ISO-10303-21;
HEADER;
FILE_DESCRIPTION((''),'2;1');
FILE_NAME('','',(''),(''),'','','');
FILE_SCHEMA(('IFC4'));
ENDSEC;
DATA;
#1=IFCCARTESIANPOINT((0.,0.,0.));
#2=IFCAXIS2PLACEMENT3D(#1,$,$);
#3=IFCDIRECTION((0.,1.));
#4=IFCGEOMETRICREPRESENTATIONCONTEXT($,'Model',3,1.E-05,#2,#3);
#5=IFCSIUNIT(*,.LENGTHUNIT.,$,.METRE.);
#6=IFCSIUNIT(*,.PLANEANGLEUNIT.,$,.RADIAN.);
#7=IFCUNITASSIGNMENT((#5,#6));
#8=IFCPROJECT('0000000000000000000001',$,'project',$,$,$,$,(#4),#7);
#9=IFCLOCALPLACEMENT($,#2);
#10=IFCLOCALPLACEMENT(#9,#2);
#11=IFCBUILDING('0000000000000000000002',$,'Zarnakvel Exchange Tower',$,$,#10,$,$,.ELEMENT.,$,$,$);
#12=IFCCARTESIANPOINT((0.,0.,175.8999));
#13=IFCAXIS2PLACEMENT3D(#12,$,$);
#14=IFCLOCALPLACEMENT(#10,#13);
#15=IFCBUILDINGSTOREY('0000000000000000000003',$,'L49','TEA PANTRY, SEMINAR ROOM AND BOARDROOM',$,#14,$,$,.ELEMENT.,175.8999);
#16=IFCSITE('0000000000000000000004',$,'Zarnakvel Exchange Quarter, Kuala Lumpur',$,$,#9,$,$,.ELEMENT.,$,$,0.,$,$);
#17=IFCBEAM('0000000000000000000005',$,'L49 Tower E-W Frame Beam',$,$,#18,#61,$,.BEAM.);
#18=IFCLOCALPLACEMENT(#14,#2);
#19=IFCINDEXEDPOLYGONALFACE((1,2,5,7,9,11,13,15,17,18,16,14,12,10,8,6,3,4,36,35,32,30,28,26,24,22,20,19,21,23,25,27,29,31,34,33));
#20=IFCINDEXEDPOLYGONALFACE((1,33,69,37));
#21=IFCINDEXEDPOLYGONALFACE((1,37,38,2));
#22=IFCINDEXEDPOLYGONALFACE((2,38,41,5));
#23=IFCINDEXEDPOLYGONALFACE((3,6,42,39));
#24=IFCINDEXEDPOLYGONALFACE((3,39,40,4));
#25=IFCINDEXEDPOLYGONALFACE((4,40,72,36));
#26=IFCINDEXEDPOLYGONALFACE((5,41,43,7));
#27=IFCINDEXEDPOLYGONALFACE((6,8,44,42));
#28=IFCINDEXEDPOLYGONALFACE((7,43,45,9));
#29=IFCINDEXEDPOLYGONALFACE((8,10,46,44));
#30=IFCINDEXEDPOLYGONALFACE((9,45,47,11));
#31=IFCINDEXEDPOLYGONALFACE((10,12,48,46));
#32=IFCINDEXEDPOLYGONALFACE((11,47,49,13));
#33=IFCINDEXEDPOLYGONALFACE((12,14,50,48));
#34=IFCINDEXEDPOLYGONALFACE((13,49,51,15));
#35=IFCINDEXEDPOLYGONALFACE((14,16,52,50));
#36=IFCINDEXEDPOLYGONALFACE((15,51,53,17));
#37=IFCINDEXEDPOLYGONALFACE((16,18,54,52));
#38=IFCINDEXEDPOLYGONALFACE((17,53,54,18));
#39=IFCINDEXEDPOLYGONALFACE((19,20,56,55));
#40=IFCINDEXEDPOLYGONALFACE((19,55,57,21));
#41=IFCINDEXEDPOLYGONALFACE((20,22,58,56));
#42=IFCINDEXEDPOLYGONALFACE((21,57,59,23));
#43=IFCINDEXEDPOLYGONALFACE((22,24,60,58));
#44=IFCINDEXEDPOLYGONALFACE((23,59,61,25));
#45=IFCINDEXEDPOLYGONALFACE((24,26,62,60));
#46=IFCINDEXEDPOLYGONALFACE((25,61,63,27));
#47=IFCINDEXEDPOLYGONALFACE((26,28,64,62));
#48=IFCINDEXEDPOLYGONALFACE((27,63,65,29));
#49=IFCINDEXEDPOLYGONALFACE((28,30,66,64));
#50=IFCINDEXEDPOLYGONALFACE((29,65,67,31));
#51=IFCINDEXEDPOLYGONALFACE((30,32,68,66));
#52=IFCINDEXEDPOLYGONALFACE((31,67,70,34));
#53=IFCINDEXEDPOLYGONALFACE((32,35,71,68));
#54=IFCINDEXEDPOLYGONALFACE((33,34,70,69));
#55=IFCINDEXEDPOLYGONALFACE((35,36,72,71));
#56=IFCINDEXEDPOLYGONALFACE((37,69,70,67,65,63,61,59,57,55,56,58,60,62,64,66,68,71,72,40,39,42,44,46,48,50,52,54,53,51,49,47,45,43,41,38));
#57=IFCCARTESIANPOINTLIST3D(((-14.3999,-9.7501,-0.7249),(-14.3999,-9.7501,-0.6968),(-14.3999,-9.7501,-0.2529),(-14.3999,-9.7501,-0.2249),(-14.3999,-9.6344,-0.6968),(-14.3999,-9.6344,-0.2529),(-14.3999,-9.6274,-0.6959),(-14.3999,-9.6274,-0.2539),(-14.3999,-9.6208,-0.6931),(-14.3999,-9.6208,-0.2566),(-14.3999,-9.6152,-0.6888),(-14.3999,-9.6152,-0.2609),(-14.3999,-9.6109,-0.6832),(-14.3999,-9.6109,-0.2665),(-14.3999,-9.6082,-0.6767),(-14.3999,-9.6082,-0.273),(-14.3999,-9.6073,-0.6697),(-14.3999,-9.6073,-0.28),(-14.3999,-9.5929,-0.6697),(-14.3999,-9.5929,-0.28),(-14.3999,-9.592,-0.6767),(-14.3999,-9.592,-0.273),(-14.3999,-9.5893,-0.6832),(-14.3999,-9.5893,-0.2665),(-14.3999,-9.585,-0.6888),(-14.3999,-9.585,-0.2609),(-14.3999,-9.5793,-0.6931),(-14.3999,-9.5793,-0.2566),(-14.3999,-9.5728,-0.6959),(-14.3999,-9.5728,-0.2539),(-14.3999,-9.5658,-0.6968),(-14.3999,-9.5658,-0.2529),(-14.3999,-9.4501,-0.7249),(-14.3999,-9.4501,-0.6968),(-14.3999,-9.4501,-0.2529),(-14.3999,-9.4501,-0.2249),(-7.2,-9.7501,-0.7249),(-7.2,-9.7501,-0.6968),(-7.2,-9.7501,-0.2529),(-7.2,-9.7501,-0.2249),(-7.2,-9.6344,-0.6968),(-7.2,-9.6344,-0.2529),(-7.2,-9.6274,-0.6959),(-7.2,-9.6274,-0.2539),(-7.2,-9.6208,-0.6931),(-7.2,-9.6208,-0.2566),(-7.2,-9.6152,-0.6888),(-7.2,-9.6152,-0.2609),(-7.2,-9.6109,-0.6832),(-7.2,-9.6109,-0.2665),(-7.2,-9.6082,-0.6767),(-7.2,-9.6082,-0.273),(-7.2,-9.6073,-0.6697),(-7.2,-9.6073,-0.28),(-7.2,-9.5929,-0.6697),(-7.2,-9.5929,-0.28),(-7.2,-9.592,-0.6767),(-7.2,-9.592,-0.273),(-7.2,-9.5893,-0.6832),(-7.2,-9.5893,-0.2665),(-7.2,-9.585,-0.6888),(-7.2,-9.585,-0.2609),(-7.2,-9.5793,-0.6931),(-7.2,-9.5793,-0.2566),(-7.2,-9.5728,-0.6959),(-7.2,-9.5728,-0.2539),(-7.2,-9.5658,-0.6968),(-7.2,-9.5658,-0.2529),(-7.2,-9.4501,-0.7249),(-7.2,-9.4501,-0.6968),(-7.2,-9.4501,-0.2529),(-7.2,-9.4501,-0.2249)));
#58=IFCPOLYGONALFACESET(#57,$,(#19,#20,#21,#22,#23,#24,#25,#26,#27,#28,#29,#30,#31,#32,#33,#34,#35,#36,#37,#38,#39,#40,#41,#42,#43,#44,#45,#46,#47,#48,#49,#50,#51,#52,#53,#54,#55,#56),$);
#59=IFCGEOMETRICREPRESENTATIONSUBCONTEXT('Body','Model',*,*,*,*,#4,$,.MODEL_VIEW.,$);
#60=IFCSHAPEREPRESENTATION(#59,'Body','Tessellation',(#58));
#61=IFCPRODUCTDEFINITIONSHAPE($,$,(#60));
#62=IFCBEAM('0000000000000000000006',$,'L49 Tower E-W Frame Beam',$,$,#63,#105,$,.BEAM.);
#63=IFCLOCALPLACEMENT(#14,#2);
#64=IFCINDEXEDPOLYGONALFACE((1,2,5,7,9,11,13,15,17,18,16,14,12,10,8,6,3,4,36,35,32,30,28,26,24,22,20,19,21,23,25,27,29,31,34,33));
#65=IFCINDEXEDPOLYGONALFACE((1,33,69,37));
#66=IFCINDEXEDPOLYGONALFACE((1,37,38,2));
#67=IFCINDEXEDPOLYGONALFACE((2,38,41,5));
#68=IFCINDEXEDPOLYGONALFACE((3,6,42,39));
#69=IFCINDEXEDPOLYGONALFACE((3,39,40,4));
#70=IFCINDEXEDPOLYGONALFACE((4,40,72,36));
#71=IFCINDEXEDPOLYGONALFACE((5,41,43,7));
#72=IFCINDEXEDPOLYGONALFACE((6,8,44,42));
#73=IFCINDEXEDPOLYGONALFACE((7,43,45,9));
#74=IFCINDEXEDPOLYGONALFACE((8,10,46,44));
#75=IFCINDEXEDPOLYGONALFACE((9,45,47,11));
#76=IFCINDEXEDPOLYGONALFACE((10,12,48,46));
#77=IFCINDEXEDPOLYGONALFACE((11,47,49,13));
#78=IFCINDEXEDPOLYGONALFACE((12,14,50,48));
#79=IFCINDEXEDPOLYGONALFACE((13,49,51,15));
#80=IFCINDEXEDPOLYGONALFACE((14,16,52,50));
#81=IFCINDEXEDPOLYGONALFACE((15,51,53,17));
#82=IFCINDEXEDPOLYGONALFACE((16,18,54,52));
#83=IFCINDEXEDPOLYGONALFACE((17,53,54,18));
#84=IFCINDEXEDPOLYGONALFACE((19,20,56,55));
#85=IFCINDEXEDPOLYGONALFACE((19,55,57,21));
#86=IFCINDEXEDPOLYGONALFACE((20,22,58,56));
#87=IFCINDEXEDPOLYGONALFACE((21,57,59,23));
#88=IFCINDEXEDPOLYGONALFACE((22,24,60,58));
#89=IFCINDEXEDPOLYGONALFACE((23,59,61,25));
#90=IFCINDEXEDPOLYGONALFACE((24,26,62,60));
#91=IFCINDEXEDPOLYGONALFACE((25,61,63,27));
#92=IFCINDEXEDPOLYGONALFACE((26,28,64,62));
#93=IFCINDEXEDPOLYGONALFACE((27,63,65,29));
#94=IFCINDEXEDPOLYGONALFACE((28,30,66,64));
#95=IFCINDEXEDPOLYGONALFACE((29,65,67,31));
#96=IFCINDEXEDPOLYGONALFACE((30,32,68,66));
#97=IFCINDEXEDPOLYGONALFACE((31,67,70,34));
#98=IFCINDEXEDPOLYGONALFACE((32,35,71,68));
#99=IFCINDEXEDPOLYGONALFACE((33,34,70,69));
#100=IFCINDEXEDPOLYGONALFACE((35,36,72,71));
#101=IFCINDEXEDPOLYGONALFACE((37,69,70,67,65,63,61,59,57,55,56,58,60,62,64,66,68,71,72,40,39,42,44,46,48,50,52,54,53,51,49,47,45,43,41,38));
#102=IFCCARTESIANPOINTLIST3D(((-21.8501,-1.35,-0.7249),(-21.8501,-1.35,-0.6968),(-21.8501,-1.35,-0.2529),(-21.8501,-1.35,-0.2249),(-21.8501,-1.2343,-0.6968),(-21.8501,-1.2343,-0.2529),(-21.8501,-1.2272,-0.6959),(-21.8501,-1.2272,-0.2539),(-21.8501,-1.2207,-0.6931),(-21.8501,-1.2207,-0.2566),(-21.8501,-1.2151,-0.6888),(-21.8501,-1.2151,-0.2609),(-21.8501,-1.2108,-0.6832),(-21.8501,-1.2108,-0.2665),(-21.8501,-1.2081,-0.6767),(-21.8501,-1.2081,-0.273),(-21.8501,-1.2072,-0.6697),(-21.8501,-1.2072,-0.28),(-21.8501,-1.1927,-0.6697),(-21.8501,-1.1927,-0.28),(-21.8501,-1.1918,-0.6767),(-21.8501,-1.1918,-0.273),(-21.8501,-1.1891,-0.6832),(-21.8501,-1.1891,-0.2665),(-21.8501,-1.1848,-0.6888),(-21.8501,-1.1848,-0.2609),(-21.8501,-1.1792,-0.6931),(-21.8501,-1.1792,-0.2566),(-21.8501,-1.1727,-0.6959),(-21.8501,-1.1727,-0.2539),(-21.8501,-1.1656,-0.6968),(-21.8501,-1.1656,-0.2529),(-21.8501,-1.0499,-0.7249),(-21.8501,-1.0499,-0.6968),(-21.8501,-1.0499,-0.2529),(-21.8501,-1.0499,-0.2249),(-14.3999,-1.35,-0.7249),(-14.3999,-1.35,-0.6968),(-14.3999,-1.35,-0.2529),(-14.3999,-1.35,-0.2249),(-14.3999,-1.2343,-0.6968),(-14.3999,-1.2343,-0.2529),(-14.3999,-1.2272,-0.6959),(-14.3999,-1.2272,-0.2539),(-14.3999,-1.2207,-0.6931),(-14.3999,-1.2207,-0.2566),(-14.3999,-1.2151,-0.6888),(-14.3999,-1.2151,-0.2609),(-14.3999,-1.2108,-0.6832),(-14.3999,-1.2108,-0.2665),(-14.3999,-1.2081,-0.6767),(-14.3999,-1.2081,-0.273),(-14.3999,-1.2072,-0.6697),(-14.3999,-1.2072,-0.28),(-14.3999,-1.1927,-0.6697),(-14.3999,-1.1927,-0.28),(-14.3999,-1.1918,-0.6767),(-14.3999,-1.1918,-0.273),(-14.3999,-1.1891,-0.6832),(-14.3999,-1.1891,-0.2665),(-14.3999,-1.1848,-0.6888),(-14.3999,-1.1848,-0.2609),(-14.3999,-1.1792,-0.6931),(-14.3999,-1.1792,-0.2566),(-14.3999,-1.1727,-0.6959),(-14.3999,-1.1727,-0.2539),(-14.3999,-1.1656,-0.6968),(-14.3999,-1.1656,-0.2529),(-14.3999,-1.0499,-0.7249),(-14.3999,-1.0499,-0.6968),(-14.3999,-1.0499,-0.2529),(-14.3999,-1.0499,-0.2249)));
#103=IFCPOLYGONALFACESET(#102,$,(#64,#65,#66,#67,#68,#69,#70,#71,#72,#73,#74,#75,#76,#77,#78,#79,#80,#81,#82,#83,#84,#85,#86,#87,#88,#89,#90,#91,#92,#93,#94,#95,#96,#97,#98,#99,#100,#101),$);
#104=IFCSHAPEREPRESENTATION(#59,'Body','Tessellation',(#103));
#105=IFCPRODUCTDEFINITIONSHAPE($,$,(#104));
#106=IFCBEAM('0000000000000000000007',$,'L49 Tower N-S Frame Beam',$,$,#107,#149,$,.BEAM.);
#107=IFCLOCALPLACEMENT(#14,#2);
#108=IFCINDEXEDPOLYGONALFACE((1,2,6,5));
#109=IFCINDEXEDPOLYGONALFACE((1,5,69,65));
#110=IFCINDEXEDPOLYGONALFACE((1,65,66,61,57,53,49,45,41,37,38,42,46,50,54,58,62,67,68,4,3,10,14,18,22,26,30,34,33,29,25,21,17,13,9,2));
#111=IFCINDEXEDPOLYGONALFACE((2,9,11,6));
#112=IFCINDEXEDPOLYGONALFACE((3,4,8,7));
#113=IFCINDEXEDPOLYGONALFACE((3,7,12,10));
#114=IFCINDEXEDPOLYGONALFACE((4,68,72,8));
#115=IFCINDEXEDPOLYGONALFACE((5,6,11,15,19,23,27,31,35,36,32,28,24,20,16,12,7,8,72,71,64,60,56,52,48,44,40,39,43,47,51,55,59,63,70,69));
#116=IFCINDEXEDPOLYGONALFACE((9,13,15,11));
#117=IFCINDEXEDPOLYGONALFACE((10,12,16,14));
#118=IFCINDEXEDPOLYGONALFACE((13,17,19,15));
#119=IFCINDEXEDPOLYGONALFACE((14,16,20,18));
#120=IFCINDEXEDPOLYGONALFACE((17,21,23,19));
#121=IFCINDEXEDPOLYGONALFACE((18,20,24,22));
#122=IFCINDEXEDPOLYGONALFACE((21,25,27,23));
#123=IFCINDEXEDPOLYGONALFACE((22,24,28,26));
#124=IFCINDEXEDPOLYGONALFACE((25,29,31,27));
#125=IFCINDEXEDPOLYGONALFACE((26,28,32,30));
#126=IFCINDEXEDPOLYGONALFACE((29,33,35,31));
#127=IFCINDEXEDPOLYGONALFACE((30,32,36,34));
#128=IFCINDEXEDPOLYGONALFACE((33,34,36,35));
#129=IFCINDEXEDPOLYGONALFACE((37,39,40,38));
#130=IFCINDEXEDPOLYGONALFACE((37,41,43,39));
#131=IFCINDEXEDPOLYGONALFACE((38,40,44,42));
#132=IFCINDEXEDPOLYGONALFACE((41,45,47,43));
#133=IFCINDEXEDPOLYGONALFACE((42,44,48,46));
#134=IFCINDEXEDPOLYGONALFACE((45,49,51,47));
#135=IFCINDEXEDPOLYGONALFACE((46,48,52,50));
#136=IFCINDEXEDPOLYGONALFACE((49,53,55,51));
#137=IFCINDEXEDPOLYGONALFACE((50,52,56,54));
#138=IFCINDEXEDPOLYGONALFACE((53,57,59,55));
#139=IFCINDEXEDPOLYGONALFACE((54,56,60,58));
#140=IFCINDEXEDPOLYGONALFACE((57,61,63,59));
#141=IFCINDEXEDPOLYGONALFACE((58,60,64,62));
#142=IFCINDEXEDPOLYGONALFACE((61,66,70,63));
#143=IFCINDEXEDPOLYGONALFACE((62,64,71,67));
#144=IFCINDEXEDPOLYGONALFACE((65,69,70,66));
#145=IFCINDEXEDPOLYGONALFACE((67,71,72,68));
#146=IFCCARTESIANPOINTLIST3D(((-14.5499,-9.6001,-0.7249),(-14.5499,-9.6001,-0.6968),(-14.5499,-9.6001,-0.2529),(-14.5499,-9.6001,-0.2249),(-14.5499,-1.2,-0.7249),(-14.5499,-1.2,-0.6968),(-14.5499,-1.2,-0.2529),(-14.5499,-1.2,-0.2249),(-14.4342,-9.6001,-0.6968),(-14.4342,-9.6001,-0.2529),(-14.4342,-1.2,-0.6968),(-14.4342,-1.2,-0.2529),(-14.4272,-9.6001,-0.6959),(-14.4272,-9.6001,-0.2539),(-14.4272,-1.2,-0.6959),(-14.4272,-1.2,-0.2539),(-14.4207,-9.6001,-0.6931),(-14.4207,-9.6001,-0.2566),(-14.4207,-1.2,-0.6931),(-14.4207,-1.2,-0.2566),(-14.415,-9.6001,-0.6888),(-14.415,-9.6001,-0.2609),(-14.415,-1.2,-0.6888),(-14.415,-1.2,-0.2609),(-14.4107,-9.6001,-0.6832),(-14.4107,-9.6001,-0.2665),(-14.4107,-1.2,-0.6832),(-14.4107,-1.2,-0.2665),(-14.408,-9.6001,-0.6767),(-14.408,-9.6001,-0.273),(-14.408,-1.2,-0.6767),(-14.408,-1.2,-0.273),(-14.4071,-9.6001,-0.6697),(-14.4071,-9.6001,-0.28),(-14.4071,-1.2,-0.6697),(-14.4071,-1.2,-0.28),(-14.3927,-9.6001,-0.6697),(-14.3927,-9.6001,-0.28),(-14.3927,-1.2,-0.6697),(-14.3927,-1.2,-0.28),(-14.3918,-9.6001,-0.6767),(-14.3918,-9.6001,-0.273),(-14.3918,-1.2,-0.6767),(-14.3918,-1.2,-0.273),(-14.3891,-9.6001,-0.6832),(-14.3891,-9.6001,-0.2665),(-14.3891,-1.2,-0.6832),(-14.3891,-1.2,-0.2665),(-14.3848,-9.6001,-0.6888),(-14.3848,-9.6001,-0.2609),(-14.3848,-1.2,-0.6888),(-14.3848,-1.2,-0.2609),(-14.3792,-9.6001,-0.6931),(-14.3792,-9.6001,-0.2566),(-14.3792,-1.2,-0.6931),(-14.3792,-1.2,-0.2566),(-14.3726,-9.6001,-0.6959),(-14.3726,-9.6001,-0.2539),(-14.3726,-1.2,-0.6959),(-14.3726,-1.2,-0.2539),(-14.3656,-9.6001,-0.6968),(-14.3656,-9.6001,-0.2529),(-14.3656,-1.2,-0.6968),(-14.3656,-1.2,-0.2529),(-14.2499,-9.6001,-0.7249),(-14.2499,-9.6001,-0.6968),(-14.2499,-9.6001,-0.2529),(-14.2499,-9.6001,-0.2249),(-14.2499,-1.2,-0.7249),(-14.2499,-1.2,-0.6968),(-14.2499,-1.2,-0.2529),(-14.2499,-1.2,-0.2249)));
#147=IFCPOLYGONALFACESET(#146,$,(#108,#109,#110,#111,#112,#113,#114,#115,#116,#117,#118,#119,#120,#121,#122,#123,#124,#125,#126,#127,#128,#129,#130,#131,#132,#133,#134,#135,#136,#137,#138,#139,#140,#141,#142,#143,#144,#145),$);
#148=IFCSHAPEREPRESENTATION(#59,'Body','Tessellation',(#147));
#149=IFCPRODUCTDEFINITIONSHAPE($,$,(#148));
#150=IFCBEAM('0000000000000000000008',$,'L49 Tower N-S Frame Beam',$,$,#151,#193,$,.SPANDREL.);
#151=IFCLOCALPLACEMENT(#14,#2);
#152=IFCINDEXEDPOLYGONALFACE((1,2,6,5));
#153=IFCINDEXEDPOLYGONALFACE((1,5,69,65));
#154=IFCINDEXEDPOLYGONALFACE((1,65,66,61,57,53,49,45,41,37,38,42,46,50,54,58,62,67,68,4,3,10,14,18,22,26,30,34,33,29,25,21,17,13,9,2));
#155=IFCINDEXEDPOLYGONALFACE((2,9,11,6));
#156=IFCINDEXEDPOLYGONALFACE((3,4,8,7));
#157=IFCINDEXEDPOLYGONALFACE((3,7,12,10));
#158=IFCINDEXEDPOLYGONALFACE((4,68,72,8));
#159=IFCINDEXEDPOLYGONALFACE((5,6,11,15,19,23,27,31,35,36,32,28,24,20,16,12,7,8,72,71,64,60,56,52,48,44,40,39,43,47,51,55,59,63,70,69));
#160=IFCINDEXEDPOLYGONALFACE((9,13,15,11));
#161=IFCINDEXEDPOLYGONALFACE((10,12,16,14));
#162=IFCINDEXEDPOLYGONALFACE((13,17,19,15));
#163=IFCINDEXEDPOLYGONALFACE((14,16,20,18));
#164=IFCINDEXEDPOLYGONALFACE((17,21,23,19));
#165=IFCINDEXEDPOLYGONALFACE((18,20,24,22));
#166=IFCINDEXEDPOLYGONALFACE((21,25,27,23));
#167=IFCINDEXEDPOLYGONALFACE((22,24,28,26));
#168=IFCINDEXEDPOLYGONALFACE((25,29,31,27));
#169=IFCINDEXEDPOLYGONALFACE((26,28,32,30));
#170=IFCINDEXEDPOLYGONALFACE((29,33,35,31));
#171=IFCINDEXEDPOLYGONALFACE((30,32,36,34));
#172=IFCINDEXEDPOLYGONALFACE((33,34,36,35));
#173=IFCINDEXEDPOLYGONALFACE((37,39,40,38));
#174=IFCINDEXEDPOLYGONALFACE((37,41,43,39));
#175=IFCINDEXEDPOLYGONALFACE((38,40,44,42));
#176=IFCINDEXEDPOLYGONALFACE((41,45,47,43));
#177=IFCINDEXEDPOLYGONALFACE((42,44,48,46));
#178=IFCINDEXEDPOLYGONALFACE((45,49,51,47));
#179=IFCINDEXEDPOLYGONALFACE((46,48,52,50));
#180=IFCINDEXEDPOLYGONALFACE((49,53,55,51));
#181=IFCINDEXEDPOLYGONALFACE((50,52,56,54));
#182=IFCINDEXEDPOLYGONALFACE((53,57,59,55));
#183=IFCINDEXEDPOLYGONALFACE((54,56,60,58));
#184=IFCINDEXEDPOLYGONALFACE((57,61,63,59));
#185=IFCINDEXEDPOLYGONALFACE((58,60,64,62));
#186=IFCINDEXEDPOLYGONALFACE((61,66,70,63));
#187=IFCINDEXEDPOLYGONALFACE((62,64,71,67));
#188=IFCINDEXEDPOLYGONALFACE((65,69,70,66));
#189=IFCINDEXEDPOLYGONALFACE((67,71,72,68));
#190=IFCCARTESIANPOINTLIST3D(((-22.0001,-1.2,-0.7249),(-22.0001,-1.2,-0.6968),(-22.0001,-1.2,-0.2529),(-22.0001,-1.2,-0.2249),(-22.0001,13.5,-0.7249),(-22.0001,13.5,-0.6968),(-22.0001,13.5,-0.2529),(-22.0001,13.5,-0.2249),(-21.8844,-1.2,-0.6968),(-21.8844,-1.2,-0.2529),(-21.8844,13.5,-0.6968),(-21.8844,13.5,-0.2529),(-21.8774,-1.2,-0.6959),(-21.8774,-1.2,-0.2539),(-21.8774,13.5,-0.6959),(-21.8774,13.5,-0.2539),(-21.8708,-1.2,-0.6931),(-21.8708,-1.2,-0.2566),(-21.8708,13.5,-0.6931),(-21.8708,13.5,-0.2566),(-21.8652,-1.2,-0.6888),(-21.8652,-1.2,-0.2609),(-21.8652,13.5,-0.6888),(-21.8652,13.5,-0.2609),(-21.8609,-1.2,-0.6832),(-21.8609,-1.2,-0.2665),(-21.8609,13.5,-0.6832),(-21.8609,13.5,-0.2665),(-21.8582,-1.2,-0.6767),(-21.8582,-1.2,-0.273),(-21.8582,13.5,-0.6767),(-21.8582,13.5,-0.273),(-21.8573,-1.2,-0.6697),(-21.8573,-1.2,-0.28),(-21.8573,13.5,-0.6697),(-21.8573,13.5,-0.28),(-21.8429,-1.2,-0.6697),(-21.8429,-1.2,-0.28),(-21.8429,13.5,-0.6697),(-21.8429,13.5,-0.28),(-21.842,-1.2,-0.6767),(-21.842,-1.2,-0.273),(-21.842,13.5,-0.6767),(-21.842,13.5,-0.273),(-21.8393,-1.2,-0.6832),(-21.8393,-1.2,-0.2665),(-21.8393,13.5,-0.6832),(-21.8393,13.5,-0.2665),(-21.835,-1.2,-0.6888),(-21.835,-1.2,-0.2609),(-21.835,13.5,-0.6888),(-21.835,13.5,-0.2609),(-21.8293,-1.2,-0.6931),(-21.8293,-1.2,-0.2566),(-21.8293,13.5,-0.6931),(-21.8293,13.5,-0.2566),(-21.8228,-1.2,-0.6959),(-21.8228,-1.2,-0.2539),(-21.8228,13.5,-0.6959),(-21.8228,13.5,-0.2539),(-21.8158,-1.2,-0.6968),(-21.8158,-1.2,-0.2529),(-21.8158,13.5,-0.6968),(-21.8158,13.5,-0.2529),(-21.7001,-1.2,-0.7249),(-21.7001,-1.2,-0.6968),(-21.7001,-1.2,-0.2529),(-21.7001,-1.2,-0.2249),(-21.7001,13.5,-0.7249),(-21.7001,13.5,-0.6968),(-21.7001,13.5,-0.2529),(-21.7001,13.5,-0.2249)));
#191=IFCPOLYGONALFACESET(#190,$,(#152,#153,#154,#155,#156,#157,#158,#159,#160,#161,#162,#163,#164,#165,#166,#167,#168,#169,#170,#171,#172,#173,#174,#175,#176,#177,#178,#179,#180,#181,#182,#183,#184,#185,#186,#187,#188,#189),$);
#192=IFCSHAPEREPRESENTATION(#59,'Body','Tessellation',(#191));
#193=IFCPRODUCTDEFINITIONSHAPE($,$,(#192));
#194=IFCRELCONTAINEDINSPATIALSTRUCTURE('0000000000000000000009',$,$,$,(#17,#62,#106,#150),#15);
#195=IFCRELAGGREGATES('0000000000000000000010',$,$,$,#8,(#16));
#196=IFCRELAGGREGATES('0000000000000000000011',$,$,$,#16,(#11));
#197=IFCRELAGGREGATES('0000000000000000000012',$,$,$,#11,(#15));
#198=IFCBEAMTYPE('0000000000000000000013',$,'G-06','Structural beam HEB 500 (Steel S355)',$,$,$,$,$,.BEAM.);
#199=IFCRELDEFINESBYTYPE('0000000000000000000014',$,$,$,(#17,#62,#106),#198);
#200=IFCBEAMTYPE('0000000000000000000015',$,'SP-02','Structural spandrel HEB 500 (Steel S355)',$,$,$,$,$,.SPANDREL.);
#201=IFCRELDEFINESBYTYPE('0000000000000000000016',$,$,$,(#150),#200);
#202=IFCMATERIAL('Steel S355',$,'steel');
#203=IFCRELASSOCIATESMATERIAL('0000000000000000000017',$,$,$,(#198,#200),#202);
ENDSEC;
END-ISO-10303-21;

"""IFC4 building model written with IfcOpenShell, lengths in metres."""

from ifc_helpers import new_model, si_unit, direction, frame, origin, origin_2d, place, context, subcontext, project, spatial, i_section, extrude, material, material_profile, profile_set, type_object, element, save


model = new_model("IFC4")

# Units and contexts
model_context = context("Model", 3, precision=1e-05, world=origin(), true_north=direction((0.0, 1.0)))
body_context = subcontext(model_context, "Body", "Model", "MODEL_VIEW")
ifc_project = project(units=[si_unit("LENGTHUNIT", "METRE"), si_unit("PLANEANGLEUNIT", "RADIAN")], contexts=[model_context])

# Site, building, storey
site_placement = place(None, origin())
site = spatial("IfcSite", under=ifc_project, at=site_placement, Name="Zarnakvel Exchange Quarter, Kuala Lumpur", CompositionType="ELEMENT", RefElevation=0.0)
building_placement = place(site_placement, origin())
building = spatial("IfcBuilding", under=site, at=building_placement, Name="Zarnakvel Exchange Tower", CompositionType="ELEMENT")
storey_placement = place(building_placement, frame((0.0, 0.0, 175.8999)))
storey = spatial("IfcBuildingStorey", under=building, at=storey_placement, Name="L49", Description="TEA PANTRY, SEMINAR ROOM AND BOARDROOM", CompositionType="ELEMENT", Elevation=175.8999)

# Shared definitions
ifc_material_1 = material(Name="Steel S355", Category="steel")

# Beams
ifc_material_profile_1 = material_profile(ifc_material_1, i_section(OverallWidth=0.3, OverallDepth=0.5, WebThickness=0.0144, FlangeThickness=0.0281, FilletRadius=0.0271, at=origin_2d()))
ifc_profile_set_1 = profile_set([ifc_material_profile_1], Name="Steel S355")
beam_type_1 = type_object("IfcBeamType", Name="G-06", Description="Structural beam HEB 500 (Steel S355)", PredefinedType="BEAM", material=ifc_profile_set_1)
beam_1_placement = place(storey_placement, frame((-14.3999, -9.6001, -0.4749), z_axis=(1.0, 0.0, 0.0), x_axis=(0.0, 1.0, 0.0)))
element("IfcBeam", 1, at=beam_1_placement, inside=storey, type_object=beam_type_1, Name="L49 Tower E-W Frame Beam", PredefinedType="BEAM", context=body_context, shape_type="SweptSolid", body=[
    extrude(i_section(OverallWidth=0.3, OverallDepth=0.5, WebThickness=0.0144, FlangeThickness=0.0281, FilletRadius=0.0271, at=origin_2d()), origin(), (0.0, 0.0, 1.0), 7.2),
])
beam_2_placement = place(storey_placement, frame((-21.8501, -1.2, -0.4749), z_axis=(1.0, 0.0, 0.0), x_axis=(0.0, 1.0, 0.0)))
element("IfcBeam", 2, at=beam_2_placement, inside=storey, type_object=beam_type_1, Name="L49 Tower E-W Frame Beam", PredefinedType="BEAM", context=body_context, shape_type="SweptSolid", body=[
    extrude(i_section(OverallWidth=0.3, OverallDepth=0.5, WebThickness=0.0144, FlangeThickness=0.0281, FilletRadius=0.0271, at=origin_2d()), origin(), (0.0, 0.0, 1.0), 7.4502),
])
beam_3_placement = place(storey_placement, frame((-14.3999, -9.6001, -0.4749), z_axis=(0.0, 1.0, 0.0), x_axis=(-1.0, 0.0, 0.0)))
element("IfcBeam", 3, at=beam_3_placement, inside=storey, type_object=beam_type_1, Name="L49 Tower N-S Frame Beam", PredefinedType="BEAM", context=body_context, shape_type="SweptSolid", body=[
    extrude(i_section(OverallWidth=0.3, OverallDepth=0.5, WebThickness=0.0144, FlangeThickness=0.0281, FilletRadius=0.0271, at=origin_2d()), origin(), (0.0, 0.0, 1.0), 8.4001),
])
ifc_material_profile_2 = material_profile(ifc_material_1, i_section(OverallWidth=0.3, OverallDepth=0.5, WebThickness=0.0144, FlangeThickness=0.0281, FilletRadius=0.0271, at=origin_2d()))
ifc_profile_set_2 = profile_set([ifc_material_profile_2], Name="Steel S355")
beam_type_2 = type_object("IfcBeamType", Name="SP-02", Description="Structural spandrel HEB 500 (Steel S355)", PredefinedType="SPANDREL", material=ifc_profile_set_2)
beam_4_placement = place(storey_placement, frame((-21.8501, -1.2, -0.4749), z_axis=(0.0, 1.0, 0.0), x_axis=(-1.0, 0.0, 0.0)))
element("IfcBeam", 4, at=beam_4_placement, inside=storey, type_object=beam_type_2, Name="L49 Tower N-S Frame Beam", PredefinedType="SPANDREL", context=body_context, shape_type="SweptSolid", body=[
    extrude(i_section(OverallWidth=0.3, OverallDepth=0.5, WebThickness=0.0144, FlangeThickness=0.0281, FilletRadius=0.0271, at=origin_2d()), origin(), (0.0, 0.0, 1.0), 14.7),
])

save(model, "model.ifc")
